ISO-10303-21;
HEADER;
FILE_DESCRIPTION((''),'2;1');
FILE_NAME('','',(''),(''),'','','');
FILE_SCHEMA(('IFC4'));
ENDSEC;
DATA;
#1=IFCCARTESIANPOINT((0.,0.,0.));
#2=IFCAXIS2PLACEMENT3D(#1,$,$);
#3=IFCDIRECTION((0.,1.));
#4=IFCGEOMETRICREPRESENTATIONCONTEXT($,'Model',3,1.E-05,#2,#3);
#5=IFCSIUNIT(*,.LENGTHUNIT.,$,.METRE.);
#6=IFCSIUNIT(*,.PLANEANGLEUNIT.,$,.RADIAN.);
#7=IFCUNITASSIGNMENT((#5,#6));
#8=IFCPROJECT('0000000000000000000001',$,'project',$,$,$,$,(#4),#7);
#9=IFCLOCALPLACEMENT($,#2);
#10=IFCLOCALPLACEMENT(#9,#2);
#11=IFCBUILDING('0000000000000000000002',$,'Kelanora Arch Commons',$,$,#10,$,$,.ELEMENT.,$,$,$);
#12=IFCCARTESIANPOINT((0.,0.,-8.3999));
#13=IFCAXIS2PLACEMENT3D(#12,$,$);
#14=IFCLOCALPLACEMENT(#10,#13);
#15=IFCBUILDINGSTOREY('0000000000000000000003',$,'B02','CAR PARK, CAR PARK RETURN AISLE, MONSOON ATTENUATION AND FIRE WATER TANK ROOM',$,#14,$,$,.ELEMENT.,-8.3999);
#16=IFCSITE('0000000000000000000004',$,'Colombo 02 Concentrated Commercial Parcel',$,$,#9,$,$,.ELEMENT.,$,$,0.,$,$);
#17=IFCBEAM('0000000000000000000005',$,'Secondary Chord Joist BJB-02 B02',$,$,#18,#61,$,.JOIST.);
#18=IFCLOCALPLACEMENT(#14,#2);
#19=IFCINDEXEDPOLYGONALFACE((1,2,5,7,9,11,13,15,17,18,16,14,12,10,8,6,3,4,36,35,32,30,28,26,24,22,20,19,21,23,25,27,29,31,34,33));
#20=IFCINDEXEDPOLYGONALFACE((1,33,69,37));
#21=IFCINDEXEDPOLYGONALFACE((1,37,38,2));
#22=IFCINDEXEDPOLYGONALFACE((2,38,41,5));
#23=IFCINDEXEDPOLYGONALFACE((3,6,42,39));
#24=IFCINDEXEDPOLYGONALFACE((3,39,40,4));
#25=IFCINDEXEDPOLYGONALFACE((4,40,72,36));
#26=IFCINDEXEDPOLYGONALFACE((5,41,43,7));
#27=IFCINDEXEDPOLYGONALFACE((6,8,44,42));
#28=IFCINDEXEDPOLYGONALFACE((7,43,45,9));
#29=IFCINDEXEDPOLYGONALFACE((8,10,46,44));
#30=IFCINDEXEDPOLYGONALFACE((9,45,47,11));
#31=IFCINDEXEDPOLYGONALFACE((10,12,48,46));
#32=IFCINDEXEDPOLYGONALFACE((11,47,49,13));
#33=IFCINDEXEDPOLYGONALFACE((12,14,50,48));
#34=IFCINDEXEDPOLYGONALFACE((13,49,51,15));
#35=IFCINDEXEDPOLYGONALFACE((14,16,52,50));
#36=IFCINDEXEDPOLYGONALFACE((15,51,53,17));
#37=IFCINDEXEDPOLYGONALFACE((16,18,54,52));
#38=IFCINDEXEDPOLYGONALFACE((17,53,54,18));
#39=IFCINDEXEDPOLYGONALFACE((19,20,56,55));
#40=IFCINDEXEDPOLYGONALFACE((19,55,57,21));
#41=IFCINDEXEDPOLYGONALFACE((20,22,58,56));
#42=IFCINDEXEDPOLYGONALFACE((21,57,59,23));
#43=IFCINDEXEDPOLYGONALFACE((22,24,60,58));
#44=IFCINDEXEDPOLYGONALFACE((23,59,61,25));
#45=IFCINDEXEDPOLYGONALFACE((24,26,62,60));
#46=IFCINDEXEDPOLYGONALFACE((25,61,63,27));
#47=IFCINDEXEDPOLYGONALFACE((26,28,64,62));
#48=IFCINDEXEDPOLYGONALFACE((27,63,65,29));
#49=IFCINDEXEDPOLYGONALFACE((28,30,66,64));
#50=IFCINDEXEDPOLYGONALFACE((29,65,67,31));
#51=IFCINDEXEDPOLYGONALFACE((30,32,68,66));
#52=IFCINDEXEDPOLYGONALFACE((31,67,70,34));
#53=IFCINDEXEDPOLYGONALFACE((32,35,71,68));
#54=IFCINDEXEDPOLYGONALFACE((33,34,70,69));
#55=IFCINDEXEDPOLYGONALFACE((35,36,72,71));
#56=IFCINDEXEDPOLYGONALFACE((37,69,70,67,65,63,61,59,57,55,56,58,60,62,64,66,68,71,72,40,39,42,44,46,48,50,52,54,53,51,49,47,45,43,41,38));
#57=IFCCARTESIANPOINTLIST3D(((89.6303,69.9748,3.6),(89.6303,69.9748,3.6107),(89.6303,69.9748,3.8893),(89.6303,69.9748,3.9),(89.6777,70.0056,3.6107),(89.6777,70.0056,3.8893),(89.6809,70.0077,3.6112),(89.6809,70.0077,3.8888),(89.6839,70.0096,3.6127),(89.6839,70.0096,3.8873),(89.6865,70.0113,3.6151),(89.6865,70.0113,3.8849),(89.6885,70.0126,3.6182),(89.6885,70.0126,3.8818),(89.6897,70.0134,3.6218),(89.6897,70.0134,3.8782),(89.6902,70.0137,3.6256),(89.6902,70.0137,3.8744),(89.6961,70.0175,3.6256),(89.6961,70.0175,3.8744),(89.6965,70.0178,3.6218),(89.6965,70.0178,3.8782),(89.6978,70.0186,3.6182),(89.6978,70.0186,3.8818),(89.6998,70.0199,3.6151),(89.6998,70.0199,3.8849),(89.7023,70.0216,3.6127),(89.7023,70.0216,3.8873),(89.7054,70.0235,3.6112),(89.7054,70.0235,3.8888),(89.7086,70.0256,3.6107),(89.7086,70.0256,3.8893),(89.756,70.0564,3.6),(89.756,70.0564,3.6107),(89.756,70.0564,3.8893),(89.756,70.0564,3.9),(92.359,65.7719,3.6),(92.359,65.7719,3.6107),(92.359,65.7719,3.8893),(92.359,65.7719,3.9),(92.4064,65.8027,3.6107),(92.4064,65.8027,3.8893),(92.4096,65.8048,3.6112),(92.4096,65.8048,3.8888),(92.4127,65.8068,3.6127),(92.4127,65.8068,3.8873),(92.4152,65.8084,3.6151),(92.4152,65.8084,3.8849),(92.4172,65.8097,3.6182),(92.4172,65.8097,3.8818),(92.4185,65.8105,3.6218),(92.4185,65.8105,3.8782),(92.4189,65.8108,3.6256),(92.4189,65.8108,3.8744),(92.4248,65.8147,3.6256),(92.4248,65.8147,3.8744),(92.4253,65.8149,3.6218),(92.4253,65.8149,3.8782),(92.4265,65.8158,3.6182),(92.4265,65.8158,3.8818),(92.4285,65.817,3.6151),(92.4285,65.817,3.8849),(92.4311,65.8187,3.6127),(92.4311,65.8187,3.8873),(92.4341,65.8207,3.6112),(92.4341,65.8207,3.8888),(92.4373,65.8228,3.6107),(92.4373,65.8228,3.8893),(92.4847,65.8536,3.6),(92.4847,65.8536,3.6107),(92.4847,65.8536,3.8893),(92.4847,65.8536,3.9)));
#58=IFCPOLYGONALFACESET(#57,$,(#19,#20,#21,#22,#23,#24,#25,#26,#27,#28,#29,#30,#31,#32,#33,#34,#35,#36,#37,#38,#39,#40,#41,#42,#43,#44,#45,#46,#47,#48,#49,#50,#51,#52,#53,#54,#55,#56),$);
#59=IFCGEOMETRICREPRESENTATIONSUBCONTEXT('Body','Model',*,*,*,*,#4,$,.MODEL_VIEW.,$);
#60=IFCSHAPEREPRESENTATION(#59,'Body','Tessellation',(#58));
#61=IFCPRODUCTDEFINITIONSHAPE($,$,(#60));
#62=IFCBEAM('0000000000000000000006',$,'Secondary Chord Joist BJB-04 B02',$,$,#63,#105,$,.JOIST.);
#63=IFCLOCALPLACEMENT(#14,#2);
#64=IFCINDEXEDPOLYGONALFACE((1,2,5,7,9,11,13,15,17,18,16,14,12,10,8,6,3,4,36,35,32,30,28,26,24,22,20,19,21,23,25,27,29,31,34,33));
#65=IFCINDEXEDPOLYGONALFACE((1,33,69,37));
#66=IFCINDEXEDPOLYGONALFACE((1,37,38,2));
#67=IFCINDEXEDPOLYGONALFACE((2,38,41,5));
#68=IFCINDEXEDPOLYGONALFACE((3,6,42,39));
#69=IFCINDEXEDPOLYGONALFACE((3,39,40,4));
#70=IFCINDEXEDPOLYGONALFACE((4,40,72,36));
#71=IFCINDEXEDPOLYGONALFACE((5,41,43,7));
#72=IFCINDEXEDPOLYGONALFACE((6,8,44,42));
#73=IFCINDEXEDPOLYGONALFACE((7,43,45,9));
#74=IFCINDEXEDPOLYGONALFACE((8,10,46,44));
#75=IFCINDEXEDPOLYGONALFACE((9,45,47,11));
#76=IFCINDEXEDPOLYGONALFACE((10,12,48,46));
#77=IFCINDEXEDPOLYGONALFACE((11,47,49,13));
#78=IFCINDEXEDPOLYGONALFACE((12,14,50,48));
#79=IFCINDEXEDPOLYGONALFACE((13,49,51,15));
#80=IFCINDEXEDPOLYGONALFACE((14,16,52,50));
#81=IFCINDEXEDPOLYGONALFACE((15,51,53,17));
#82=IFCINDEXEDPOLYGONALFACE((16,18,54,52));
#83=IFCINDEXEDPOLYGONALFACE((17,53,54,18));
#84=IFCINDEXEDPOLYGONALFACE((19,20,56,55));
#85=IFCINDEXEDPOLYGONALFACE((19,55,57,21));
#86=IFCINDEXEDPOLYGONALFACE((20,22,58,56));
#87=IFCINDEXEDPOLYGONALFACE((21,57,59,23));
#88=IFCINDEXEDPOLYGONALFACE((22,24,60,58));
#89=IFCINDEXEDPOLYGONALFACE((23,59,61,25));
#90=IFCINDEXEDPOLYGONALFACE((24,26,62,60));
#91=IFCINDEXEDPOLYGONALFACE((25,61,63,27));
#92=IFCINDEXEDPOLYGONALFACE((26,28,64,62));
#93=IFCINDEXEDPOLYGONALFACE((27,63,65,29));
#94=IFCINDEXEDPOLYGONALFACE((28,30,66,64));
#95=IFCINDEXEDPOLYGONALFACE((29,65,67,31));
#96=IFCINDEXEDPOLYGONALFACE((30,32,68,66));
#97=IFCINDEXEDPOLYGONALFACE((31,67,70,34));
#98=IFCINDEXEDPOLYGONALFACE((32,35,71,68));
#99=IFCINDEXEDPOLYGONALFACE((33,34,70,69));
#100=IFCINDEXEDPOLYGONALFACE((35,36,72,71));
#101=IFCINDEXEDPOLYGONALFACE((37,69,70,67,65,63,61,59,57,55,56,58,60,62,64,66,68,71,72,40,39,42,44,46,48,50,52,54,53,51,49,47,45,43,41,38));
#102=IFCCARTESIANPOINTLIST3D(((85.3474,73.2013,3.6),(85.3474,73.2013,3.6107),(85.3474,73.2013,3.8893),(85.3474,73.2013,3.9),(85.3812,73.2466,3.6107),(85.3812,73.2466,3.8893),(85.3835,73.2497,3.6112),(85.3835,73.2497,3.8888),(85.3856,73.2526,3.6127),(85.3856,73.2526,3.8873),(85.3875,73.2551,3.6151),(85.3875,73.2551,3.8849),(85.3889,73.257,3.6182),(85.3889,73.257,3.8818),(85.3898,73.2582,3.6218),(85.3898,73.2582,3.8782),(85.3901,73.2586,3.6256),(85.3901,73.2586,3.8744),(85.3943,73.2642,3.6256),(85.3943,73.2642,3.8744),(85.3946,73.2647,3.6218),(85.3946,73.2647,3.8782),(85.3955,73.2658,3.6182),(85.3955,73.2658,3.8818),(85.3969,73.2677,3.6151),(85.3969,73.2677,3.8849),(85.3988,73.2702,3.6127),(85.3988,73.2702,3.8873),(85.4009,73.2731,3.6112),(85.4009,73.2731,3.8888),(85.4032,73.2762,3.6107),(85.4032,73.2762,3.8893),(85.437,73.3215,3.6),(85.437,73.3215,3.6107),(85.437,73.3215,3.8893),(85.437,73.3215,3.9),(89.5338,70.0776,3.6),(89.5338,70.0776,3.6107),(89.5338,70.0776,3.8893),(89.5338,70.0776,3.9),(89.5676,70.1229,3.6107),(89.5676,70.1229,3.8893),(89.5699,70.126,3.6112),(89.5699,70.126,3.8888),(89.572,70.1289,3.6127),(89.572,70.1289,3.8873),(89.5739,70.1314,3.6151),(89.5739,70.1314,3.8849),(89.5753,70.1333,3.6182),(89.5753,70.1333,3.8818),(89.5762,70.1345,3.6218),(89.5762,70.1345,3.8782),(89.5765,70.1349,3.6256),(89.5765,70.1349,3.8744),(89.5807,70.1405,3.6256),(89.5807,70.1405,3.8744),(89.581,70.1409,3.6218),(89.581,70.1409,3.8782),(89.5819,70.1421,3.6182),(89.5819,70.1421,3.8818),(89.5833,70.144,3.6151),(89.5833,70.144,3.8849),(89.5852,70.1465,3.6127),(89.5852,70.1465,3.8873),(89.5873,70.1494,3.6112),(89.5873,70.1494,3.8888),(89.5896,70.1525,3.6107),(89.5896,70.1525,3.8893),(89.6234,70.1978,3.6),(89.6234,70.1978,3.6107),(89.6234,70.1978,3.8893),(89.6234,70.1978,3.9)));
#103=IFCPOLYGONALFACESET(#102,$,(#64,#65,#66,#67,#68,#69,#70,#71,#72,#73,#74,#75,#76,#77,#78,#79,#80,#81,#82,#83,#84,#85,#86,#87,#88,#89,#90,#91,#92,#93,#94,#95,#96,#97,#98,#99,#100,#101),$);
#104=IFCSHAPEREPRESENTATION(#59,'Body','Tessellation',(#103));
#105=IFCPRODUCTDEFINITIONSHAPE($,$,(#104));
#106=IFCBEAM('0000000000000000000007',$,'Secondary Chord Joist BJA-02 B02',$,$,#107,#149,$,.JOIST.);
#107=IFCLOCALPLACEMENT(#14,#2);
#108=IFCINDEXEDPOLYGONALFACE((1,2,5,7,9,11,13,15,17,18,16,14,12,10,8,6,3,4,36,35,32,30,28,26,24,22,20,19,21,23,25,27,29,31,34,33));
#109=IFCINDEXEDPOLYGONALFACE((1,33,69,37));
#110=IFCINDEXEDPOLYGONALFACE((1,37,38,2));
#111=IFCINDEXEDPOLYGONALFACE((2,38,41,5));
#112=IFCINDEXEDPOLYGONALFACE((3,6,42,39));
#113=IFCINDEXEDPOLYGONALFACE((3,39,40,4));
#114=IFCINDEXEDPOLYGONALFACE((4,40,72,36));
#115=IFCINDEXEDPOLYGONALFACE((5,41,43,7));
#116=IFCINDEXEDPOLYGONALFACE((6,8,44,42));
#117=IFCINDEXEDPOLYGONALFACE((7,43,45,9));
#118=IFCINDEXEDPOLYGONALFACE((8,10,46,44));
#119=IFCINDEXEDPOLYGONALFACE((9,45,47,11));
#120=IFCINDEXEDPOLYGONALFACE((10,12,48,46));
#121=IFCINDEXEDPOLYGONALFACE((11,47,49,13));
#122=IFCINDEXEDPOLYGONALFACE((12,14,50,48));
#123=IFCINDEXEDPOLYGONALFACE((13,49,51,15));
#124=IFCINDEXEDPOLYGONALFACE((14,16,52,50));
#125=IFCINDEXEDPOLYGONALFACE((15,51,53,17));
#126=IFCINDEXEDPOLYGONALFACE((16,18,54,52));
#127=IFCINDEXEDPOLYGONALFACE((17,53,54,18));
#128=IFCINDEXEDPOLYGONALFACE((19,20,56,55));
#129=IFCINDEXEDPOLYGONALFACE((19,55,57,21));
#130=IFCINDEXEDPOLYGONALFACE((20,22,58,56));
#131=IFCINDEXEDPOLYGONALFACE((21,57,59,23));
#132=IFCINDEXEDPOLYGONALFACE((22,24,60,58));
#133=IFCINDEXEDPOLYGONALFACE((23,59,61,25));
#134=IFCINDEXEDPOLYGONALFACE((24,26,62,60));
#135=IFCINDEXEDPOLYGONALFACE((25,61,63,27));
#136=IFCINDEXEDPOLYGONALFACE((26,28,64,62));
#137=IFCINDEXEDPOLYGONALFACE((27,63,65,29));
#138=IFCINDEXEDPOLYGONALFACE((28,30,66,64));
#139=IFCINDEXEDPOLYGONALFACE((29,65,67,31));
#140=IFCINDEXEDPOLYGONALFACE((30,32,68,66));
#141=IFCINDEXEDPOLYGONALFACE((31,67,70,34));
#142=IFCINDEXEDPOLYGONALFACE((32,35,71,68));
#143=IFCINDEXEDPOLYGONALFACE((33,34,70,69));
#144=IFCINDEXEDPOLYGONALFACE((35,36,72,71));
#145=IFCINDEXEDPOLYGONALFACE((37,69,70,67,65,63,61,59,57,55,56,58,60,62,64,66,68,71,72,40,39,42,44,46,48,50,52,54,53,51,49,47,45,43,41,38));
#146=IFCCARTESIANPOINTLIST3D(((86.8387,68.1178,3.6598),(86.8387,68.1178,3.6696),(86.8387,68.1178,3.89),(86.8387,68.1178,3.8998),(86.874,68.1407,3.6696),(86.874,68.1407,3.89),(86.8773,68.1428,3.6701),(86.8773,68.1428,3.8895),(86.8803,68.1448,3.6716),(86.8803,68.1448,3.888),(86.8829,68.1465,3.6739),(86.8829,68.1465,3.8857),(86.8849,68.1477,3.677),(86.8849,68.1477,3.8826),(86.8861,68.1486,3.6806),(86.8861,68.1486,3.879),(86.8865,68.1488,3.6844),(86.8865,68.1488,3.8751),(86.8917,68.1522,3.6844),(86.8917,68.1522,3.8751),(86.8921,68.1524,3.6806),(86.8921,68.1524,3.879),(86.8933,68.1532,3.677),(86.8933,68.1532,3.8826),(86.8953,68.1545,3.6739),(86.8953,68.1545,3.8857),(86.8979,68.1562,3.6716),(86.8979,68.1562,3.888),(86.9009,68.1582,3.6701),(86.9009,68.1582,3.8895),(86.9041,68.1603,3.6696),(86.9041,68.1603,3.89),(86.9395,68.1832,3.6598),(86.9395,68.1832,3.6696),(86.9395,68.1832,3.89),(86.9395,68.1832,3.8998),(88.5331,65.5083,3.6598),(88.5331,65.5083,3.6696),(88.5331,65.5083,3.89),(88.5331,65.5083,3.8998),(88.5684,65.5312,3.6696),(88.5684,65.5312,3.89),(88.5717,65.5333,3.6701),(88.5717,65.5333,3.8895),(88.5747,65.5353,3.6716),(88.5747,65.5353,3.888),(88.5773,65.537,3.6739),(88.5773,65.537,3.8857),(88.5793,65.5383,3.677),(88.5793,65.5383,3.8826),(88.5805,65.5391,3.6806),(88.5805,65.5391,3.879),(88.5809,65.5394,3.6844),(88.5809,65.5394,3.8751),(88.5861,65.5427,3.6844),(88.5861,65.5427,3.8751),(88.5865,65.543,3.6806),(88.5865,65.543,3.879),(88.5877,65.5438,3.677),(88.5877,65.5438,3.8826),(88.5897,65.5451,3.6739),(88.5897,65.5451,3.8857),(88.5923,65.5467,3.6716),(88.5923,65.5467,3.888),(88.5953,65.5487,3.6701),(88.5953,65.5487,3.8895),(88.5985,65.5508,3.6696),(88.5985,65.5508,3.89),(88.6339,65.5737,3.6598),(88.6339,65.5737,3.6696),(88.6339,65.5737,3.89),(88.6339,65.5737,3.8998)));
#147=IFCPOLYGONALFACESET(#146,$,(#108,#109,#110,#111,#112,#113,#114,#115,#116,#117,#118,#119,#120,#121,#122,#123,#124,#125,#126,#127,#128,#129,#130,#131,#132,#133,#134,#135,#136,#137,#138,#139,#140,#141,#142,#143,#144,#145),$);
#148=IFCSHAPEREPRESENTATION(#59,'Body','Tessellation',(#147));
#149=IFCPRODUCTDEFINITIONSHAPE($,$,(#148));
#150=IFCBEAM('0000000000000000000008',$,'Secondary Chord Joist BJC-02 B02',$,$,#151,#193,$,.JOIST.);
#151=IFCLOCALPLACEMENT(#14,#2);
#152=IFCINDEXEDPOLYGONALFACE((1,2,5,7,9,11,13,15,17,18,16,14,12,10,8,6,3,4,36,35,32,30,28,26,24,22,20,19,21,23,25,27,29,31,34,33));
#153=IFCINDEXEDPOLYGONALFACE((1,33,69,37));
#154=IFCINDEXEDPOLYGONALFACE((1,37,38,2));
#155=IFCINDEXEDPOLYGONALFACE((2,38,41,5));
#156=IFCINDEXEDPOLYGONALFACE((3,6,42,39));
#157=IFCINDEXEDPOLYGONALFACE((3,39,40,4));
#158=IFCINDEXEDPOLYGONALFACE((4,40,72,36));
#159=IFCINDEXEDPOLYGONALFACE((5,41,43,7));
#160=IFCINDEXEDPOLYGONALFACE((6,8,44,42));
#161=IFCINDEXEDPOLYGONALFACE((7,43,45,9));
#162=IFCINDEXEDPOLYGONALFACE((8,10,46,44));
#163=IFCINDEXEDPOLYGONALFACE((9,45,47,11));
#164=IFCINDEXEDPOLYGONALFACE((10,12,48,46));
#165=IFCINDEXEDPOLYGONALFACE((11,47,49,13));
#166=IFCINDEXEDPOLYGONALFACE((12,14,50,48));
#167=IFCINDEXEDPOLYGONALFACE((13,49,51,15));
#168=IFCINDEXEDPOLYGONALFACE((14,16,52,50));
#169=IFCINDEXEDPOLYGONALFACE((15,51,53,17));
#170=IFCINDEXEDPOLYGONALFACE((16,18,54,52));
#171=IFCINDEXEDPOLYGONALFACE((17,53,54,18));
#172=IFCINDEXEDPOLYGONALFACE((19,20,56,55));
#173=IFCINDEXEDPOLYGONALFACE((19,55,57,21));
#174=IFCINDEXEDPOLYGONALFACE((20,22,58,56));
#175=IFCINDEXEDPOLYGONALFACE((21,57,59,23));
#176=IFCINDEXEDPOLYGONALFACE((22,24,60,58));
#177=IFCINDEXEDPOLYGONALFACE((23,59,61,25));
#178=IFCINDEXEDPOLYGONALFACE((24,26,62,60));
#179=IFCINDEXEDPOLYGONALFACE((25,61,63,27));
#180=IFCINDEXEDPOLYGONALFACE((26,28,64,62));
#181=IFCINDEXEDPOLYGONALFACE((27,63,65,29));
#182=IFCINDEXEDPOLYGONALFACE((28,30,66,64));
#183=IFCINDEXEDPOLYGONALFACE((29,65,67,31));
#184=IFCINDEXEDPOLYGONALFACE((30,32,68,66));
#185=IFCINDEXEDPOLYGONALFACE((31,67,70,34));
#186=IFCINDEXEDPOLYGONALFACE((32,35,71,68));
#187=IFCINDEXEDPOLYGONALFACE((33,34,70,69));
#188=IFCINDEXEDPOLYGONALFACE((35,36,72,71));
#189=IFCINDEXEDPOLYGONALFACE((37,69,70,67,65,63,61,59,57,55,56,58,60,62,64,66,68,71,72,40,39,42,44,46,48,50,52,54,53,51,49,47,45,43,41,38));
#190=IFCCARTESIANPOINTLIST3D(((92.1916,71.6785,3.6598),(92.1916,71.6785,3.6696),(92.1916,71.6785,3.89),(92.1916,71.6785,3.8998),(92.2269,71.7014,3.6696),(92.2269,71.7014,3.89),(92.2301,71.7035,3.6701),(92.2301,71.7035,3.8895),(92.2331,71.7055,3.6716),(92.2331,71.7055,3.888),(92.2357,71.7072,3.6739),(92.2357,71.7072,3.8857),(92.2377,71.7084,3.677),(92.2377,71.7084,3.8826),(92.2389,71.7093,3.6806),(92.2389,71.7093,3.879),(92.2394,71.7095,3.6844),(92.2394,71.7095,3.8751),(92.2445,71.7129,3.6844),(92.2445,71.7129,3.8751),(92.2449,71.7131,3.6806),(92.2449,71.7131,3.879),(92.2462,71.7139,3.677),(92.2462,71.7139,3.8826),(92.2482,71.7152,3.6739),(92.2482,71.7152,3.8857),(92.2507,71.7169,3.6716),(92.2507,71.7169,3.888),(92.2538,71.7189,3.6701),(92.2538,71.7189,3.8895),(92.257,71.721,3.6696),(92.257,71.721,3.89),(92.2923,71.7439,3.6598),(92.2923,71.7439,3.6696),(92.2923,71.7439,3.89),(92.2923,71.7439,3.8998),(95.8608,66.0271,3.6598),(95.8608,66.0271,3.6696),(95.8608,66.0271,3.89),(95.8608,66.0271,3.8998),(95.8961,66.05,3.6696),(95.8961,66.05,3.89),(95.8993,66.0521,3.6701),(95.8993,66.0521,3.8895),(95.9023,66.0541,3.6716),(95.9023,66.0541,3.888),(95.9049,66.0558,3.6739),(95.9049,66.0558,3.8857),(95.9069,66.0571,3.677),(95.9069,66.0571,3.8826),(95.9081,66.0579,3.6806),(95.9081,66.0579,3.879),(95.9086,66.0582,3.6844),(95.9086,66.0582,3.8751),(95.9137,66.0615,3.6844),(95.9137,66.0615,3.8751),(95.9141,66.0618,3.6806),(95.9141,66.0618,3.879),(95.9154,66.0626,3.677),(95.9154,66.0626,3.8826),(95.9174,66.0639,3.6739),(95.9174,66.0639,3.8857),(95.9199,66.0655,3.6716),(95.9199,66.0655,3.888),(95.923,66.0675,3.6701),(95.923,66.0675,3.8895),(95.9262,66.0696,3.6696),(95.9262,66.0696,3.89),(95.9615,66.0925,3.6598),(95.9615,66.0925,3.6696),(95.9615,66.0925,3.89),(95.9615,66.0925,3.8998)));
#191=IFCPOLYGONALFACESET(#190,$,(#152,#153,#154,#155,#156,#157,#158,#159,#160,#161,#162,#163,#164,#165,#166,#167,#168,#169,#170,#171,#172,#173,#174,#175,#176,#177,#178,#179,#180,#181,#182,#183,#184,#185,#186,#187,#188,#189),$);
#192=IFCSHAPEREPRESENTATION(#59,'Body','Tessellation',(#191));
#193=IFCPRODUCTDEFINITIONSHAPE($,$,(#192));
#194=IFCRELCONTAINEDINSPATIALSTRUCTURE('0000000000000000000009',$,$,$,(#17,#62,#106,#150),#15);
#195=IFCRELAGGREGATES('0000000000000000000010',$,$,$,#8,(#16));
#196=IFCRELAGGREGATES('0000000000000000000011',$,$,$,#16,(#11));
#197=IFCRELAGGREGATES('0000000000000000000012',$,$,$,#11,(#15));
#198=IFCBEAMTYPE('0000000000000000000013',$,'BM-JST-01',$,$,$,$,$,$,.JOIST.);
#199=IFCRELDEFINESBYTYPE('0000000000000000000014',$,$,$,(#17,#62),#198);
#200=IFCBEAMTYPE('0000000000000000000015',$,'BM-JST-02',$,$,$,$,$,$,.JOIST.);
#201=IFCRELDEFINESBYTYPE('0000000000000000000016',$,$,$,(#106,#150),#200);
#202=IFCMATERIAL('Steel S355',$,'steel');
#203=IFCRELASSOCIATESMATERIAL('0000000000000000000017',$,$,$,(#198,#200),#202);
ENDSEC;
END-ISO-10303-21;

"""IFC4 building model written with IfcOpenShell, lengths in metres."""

from ifc_helpers import new_model, si_unit, direction, frame, origin, origin_2d, place, context, subcontext, project, spatial, i_section, extrude, material, material_profile, profile_set, type_object, element, save


model = new_model("IFC4")

# Units and contexts
model_context = context("Model", 3, precision=1e-05, world=origin(), true_north=direction((0.0, 1.0)))
body_context = subcontext(model_context, "Body", "Model", "MODEL_VIEW")
ifc_project = project(units=[si_unit("LENGTHUNIT", "METRE"), si_unit("PLANEANGLEUNIT", "RADIAN")], contexts=[model_context])

# Site, building, storey
site_placement = place(None, origin())
site = spatial("IfcSite", under=ifc_project, at=site_placement, Name="Colombo 02 Concentrated Commercial Parcel", CompositionType="ELEMENT", RefElevation=0.0)
building_placement = place(site_placement, origin())
building = spatial("IfcBuilding", under=site, at=building_placement, Name="Kelanora Arch Commons", CompositionType="ELEMENT")
storey_placement = place(building_placement, frame((0.0, 0.0, -8.3999)))
storey = spatial("IfcBuildingStorey", under=building, at=storey_placement, Name="B02", Description="CAR PARK, CAR PARK RETURN AISLE, MONSOON ATTENUATION AND FIRE WATER TANK ROOM", CompositionType="ELEMENT", Elevation=-8.3999)

# Shared definitions
ifc_material_1 = material(Name="Steel S355", Category="steel")

# Beams
ifc_material_profile_1 = material_profile(ifc_material_1, i_section(OverallWidth=0.1499, OverallDepth=0.3, WebThickness=0.0071, FlangeThickness=0.0107, FilletRadius=0.0149, at=origin_2d()), Name="IPE300")
ifc_profile_set_1 = profile_set([ifc_material_profile_1], Name="Steel S355")
beam_type_1 = type_object("IfcBeamType", Name="BM-JST-01", PredefinedType="JOIST", material=ifc_profile_set_1)
beam_1_placement = place(storey_placement, frame((92.4219, 65.8127, 3.75), z_axis=(-0.544552, 0.838727, 0.0), x_axis=(-0.838727, -0.544552, 0.0)))
element("IfcBeam", 1, at=beam_1_placement, inside=storey, type_object=beam_type_1, Name="Secondary Chord Joist BJB-02 B02", PredefinedType="JOIST", context=body_context, shape_type="SweptSolid", body=[
    extrude(i_section(OverallWidth=0.1499, OverallDepth=0.3, WebThickness=0.0071, FlangeThickness=0.0107, FilletRadius=0.0149, at=origin_2d()), origin(), (0.0, 0.0, 1.0), 5.011),
])
beam_2_placement = place(storey_placement, frame((89.5786, 70.1377, 3.75), z_axis=(-0.801478, 0.598024, 0.0), x_axis=(-0.598024, -0.801478, 0.0)))
element("IfcBeam", 2, at=beam_2_placement, inside=storey, type_object=beam_type_1, Name="Secondary Chord Joist BJB-04 B02", PredefinedType="JOIST", context=body_context, shape_type="SweptSolid", body=[
    extrude(i_section(OverallWidth=0.1499, OverallDepth=0.3, WebThickness=0.0071, FlangeThickness=0.0107, FilletRadius=0.0149, at=origin_2d()), origin(), (0.0, 0.0, 1.0), 5.2234),
])
ifc_material_profile_2 = material_profile(ifc_material_1, i_section(OverallWidth=0.1201, OverallDepth=0.24, WebThickness=0.0061, FlangeThickness=0.0098, FilletRadius=0.0149, at=origin_2d()), Name="IPE240")
ifc_profile_set_2 = profile_set([ifc_material_profile_2], Name="Steel S355")
beam_type_2 = type_object("IfcBeamType", Name="BM-JST-02", PredefinedType="JOIST", material=ifc_profile_set_2)
beam_3_placement = place(storey_placement, frame((88.5835, 65.541, 3.7798), z_axis=(-0.544591, 0.838702, 0.0), x_axis=(-0.838702, -0.544591, 0.0)))
element("IfcBeam", 3, at=beam_3_placement, inside=storey, type_object=beam_type_2, Name="Secondary Chord Joist BJA-02 B02", PredefinedType="JOIST", context=body_context, shape_type="SweptSolid", body=[
    extrude(i_section(OverallWidth=0.1201, OverallDepth=0.24, WebThickness=0.0061, FlangeThickness=0.0098, FilletRadius=0.0149, at=origin_2d()), origin(), (0.0, 0.0, 1.0), 3.1113),
])
beam_4_placement = place(storey_placement, frame((95.9111, 66.0598, 3.7798), z_axis=(-0.54455, 0.838728, 0.0), x_axis=(-0.838728, -0.54455, 0.0)))
element("IfcBeam", 4, at=beam_4_placement, inside=storey, type_object=beam_type_2, Name="Secondary Chord Joist BJC-02 B02", PredefinedType="JOIST", context=body_context, shape_type="SweptSolid", body=[
    extrude(i_section(OverallWidth=0.1201, OverallDepth=0.24, WebThickness=0.0061, FlangeThickness=0.0098, FilletRadius=0.0149, at=origin_2d()), origin(), (0.0, 0.0, 1.0), 6.738),
])

save(model, "model.ifc")
